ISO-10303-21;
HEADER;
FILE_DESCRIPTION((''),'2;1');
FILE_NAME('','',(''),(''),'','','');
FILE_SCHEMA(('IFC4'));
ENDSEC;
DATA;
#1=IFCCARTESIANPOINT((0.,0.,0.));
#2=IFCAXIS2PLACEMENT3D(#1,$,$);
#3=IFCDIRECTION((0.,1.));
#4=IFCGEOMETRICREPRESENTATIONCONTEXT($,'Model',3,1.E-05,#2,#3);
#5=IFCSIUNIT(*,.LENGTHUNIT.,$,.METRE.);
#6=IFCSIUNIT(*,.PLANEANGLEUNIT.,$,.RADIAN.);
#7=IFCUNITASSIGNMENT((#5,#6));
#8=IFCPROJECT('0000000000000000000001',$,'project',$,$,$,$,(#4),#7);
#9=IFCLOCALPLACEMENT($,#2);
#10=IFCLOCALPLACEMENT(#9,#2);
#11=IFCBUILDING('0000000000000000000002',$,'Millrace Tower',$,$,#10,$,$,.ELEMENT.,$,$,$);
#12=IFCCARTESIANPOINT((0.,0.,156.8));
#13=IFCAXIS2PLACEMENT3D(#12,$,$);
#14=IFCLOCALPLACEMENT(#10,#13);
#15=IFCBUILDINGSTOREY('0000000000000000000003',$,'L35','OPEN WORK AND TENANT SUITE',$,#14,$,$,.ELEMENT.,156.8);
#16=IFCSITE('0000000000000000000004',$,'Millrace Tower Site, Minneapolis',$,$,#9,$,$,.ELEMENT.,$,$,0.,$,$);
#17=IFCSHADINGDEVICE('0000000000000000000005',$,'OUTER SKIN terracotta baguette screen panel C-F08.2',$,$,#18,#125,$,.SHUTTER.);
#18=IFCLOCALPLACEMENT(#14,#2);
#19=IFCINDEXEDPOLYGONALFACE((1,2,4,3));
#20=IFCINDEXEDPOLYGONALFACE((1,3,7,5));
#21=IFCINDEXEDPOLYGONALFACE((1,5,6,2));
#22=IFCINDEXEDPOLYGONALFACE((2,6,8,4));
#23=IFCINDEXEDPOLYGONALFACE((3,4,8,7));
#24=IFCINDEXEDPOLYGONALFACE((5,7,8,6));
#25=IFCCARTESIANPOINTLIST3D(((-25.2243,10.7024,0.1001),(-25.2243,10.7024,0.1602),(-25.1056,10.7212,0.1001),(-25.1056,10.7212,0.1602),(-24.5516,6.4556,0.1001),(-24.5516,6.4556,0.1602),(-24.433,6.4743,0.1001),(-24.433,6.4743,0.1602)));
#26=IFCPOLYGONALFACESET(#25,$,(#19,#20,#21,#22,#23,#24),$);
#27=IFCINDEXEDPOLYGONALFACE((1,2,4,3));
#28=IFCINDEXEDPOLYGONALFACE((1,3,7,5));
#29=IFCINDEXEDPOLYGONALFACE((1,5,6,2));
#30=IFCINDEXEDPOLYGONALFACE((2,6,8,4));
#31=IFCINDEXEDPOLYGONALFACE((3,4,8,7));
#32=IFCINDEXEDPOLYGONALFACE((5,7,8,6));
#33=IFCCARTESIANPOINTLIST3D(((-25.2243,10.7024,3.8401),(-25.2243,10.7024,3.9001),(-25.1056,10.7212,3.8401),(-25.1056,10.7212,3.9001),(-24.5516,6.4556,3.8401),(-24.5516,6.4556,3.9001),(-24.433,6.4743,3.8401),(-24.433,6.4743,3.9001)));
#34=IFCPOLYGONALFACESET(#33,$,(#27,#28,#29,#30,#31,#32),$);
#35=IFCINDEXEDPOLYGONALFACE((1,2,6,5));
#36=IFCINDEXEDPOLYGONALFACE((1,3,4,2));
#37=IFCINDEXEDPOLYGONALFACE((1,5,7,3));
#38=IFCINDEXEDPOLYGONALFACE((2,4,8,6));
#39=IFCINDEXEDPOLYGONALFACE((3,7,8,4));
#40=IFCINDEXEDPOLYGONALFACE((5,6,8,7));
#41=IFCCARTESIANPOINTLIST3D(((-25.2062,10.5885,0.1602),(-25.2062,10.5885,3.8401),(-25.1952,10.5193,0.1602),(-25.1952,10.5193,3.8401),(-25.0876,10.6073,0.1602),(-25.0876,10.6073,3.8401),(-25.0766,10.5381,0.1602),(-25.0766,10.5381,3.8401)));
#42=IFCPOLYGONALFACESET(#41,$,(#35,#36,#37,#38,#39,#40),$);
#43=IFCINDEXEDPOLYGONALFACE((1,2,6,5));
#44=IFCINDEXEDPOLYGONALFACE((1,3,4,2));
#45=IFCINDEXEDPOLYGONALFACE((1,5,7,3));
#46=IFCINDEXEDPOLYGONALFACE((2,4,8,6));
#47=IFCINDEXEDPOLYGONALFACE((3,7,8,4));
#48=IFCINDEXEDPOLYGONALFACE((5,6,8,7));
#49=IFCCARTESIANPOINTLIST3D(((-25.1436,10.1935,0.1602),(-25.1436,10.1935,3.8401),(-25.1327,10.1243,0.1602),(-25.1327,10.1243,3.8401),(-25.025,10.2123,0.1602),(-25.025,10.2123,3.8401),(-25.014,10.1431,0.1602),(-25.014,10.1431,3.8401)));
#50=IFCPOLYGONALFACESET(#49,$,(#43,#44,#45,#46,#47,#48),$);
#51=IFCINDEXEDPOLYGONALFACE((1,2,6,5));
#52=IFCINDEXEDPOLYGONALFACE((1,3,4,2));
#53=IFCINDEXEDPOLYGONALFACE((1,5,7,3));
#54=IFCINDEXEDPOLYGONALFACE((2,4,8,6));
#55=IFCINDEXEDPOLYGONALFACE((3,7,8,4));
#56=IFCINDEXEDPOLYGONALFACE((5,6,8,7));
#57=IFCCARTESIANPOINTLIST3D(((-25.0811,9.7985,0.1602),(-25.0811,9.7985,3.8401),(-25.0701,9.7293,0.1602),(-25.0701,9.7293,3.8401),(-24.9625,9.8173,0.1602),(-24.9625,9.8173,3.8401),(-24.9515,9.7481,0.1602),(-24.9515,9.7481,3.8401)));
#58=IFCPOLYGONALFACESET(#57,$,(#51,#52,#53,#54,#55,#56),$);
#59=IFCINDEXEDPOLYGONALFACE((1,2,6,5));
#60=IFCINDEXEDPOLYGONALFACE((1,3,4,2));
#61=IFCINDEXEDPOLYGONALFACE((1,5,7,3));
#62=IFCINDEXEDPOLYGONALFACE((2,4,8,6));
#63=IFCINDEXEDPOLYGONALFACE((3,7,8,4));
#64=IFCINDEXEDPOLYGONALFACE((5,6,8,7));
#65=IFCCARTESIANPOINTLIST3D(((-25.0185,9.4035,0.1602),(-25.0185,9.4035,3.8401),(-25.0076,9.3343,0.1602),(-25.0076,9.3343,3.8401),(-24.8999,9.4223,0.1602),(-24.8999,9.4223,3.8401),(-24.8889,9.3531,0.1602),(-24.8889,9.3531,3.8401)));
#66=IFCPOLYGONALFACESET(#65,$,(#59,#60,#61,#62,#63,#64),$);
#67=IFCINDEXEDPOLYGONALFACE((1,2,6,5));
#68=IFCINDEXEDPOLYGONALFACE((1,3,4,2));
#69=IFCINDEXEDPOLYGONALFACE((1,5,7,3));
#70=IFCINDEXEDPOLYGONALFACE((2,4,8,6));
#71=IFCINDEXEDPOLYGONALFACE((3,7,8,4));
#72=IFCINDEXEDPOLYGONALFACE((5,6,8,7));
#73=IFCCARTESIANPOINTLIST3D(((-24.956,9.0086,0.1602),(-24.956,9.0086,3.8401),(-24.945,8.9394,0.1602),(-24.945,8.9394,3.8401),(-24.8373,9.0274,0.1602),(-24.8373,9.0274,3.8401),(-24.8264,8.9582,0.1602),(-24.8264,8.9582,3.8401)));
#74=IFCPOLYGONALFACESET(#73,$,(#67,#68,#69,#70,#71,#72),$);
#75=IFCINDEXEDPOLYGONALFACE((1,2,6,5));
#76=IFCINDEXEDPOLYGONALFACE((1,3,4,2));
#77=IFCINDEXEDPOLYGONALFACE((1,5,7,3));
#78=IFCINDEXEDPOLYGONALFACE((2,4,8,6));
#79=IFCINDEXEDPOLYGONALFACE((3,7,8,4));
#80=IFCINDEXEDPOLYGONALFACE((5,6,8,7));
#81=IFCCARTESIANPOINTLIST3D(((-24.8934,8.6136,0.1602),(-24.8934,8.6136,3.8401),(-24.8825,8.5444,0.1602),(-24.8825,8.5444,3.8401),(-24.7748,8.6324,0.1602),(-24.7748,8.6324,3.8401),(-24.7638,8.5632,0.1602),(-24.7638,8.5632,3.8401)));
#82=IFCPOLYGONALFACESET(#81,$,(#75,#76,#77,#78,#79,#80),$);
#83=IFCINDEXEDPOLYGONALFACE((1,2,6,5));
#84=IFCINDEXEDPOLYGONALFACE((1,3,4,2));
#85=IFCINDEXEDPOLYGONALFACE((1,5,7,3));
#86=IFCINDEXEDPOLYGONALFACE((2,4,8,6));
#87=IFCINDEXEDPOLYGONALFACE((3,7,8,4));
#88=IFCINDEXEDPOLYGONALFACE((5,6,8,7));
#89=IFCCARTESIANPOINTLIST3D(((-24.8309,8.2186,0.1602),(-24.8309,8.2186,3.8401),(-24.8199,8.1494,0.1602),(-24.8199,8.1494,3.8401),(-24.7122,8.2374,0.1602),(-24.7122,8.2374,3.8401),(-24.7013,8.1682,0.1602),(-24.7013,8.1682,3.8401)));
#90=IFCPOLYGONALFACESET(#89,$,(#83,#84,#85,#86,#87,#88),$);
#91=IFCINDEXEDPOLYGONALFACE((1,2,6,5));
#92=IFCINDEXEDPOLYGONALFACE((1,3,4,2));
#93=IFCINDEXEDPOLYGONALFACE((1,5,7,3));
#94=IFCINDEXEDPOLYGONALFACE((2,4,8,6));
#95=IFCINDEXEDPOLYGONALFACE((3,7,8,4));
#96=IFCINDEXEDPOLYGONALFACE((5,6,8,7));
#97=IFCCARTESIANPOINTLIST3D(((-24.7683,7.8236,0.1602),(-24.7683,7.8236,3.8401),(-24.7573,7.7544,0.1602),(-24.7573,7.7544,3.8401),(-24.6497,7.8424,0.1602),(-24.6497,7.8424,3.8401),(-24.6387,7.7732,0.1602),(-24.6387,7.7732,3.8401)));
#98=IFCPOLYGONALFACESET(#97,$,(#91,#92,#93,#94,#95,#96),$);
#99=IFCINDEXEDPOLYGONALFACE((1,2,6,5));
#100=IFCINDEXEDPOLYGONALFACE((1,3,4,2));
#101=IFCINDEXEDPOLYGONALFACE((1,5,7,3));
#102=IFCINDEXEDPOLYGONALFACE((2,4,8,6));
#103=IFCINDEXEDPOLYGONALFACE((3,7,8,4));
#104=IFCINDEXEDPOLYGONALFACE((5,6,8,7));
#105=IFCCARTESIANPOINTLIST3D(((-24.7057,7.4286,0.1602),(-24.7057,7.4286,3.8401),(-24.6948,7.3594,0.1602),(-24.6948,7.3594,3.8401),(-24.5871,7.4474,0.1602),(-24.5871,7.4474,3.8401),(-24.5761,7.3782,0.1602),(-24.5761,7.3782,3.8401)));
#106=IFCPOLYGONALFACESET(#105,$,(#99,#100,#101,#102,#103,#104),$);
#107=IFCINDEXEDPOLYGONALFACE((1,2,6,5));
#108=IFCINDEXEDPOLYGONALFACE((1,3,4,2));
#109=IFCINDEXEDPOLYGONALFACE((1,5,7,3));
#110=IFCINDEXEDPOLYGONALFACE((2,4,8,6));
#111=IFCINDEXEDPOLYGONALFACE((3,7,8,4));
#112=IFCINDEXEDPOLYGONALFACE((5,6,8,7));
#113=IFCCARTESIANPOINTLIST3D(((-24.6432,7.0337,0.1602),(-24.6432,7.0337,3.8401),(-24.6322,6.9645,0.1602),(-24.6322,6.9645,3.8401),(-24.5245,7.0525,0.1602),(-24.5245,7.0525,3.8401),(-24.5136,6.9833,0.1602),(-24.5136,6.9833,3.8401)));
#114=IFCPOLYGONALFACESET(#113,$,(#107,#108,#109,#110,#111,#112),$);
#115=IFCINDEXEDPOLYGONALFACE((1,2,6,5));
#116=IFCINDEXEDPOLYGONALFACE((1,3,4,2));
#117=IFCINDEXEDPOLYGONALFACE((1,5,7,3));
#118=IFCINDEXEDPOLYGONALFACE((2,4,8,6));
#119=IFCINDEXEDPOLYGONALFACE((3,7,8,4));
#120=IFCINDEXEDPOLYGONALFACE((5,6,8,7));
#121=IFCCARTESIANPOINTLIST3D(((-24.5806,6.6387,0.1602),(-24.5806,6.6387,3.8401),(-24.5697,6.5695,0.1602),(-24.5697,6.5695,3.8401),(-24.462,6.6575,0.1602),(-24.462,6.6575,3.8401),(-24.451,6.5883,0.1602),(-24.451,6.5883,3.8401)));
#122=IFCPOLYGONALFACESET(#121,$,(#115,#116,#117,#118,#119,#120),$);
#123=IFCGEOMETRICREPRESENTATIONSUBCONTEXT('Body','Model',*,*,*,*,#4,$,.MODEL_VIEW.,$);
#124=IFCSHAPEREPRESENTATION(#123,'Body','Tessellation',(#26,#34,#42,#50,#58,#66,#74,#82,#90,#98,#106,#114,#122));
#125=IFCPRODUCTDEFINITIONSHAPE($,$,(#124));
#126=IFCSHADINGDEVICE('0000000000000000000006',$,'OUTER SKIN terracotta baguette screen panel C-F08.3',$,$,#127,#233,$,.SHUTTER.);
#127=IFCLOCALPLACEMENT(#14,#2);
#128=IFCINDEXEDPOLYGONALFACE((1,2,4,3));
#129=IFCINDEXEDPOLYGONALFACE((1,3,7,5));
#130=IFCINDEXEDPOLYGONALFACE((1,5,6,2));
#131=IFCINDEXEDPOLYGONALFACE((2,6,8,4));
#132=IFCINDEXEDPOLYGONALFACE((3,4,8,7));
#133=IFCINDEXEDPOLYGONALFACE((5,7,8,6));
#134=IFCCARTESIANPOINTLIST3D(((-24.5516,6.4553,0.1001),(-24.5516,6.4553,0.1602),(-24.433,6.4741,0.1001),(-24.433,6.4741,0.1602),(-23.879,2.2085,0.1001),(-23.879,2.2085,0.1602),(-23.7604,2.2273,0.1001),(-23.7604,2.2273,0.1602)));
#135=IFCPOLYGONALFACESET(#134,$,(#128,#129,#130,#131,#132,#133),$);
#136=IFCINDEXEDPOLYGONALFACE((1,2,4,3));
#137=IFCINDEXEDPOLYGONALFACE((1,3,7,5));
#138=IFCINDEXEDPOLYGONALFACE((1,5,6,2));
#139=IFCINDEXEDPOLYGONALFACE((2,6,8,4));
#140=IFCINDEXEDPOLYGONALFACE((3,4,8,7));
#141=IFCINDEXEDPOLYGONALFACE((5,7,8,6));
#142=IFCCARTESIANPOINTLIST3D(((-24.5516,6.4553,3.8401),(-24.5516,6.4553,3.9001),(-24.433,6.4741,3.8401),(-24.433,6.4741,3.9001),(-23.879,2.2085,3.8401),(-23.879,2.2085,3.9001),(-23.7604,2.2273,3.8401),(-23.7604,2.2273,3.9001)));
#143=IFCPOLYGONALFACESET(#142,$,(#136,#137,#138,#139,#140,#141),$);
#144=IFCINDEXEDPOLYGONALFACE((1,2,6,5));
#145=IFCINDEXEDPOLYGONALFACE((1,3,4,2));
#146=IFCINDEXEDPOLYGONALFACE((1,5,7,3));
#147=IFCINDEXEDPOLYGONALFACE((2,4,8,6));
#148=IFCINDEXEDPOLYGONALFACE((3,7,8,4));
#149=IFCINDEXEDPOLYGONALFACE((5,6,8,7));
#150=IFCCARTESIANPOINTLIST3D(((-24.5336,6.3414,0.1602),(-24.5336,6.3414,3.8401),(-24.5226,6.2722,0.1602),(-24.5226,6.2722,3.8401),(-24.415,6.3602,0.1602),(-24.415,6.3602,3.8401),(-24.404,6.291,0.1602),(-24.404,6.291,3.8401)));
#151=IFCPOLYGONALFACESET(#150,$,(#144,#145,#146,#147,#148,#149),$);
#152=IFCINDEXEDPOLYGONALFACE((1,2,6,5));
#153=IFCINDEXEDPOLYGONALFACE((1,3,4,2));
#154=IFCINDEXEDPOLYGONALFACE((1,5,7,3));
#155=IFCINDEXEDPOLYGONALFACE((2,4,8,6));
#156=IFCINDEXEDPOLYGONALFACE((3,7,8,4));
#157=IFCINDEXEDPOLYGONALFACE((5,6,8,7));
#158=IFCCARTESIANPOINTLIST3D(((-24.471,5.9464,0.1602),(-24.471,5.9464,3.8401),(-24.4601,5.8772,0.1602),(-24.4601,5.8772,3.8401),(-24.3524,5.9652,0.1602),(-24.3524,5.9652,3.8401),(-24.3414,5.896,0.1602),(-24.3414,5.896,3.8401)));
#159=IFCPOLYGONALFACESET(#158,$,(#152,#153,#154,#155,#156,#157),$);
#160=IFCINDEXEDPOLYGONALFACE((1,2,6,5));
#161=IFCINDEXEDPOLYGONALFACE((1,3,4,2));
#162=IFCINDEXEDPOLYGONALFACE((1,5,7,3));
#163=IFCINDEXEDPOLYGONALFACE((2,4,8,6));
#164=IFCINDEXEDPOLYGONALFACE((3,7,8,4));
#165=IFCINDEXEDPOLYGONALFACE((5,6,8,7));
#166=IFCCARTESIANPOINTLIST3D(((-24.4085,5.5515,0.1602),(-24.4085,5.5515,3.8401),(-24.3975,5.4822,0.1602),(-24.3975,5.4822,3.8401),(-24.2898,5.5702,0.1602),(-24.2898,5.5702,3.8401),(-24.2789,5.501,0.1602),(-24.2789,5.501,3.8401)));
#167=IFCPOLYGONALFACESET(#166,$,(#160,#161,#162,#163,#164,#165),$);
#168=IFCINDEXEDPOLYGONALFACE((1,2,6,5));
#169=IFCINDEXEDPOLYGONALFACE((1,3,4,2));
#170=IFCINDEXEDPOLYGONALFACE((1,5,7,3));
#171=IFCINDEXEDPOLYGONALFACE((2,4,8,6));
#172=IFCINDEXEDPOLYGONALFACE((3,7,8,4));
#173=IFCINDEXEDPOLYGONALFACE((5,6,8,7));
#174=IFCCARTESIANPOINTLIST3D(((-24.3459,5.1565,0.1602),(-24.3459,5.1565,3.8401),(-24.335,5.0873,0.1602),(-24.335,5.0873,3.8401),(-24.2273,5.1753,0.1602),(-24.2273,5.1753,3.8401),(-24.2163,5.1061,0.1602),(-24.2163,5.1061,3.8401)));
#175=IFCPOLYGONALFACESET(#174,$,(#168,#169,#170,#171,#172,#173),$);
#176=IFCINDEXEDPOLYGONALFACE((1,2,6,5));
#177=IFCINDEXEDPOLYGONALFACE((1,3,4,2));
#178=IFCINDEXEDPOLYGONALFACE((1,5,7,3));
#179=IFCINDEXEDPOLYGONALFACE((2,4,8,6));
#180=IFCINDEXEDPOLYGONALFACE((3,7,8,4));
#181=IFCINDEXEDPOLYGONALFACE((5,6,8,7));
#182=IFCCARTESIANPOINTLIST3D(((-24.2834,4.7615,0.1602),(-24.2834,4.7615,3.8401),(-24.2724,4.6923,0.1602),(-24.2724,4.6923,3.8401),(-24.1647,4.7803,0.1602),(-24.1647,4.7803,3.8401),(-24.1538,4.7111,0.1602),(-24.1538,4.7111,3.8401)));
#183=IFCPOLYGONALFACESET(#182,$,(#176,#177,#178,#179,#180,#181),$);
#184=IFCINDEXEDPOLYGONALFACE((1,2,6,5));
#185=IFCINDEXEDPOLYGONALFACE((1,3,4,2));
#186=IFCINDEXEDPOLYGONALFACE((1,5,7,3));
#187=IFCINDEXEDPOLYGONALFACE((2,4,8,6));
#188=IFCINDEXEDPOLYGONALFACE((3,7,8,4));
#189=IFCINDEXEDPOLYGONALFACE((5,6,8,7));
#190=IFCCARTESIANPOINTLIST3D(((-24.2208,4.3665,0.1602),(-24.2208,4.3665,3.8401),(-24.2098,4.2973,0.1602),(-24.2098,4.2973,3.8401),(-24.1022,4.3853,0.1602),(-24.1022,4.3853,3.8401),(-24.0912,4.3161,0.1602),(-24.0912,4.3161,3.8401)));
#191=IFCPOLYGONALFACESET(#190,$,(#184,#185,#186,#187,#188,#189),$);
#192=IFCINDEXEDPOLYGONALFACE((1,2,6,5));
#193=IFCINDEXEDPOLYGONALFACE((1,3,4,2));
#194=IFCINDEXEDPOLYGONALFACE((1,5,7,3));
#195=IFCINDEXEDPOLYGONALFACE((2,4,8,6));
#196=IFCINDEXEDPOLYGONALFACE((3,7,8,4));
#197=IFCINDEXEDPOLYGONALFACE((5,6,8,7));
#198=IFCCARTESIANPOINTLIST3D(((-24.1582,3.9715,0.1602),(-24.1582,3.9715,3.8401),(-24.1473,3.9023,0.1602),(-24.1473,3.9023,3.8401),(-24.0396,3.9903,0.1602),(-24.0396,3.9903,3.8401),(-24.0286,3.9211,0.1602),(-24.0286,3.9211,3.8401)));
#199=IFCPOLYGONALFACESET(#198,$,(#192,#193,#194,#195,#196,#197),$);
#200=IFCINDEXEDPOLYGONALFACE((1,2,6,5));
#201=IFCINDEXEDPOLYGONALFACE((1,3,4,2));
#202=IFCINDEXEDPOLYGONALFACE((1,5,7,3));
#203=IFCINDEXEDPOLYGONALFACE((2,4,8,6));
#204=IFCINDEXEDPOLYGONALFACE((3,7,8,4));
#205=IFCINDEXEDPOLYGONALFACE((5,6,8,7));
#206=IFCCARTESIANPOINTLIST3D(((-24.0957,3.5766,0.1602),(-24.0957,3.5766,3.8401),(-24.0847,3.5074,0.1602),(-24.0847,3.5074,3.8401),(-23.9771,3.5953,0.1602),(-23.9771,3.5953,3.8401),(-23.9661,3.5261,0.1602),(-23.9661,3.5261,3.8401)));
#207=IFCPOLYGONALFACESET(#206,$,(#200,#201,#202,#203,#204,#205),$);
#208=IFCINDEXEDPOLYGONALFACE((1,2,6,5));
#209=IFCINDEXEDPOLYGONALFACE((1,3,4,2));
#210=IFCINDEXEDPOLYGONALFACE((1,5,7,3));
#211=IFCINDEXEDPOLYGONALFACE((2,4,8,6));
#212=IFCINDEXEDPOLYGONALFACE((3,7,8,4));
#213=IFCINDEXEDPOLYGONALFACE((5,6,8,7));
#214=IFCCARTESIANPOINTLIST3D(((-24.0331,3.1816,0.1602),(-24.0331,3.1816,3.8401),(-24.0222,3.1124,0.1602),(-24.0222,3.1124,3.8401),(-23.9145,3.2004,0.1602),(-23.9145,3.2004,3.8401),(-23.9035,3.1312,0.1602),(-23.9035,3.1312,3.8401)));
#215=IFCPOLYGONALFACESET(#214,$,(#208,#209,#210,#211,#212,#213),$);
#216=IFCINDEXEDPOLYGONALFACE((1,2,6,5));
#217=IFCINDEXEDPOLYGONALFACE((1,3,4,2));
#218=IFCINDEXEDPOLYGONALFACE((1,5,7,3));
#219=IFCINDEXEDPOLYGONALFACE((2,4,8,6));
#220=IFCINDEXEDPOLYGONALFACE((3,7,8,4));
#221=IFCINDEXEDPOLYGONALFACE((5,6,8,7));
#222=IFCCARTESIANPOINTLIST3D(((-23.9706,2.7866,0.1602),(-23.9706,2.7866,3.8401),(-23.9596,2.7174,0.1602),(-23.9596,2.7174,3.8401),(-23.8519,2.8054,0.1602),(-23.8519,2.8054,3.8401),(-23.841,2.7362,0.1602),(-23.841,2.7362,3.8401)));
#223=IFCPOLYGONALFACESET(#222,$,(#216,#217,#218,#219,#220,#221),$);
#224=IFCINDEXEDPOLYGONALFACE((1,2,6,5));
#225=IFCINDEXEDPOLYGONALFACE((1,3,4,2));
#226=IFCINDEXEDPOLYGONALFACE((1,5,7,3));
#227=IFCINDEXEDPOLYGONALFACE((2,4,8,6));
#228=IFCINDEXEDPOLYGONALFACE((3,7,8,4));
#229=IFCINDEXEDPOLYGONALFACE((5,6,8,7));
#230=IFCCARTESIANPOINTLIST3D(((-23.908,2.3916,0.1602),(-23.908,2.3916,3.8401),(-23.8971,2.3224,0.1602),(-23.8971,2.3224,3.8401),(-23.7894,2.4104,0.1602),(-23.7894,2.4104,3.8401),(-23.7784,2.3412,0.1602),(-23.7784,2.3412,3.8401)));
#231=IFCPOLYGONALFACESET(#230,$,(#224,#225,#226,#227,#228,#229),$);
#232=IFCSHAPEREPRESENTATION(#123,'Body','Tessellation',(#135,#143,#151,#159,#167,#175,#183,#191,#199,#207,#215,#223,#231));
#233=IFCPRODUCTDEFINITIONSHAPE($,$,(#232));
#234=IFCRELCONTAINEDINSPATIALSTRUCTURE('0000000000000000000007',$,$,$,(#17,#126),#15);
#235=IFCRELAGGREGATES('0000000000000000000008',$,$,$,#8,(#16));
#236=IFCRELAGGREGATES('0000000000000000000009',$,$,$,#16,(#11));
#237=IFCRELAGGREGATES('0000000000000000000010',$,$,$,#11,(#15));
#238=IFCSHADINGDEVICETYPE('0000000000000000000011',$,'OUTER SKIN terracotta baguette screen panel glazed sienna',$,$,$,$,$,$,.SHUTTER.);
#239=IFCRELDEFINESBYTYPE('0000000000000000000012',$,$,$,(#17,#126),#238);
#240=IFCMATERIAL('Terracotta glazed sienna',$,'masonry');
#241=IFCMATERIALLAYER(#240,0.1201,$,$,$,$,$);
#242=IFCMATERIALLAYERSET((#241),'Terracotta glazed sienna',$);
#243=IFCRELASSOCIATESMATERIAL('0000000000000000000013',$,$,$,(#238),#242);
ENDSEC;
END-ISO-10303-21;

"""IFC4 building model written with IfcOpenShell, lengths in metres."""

from ifc_helpers import new_model, entity, si_unit, direction, frame, frame_2d, origin, origin_2d, place, context, subcontext, project, spatial, rectangle, extrude, source, transform, mapped, material, layer, layer_set, type_object, element, save


model = new_model("IFC4")

# Units and contexts
model_context = context("Model", 3, precision=1e-05, world=origin(), true_north=direction((0.0, 1.0)))
body_context = subcontext(model_context, "Body", "Model", "MODEL_VIEW")
ifc_project = project(units=[si_unit("LENGTHUNIT", "METRE"), si_unit("PLANEANGLEUNIT", "RADIAN")], contexts=[model_context])

# Site, building, storey
site_placement = place(None, origin())
site = spatial("IfcSite", under=ifc_project, at=site_placement, Name="Millrace Tower Site, Minneapolis", CompositionType="ELEMENT", RefElevation=0.0)
building_placement = place(site_placement, origin())
building = spatial("IfcBuilding", under=site, at=building_placement, Name="Millrace Tower", CompositionType="ELEMENT")
storey_placement = place(building_placement, frame((0.0, 0.0, 156.8)))
storey = spatial("IfcBuildingStorey", under=building, at=storey_placement, Name="L35", Description="OPEN WORK AND TENANT SUITE", CompositionType="ELEMENT", Elevation=156.8)

# Shading devices
ifc_material_1 = material(Name="Terracotta glazed sienna", Category="masonry")
ifc_layer_1 = layer(ifc_material_1, 0.1201)
ifc_layer_set_1 = layer_set([ifc_layer_1], Name="Terracotta glazed sienna")
shading_device_type = type_object("IfcShadingDeviceType", Name="OUTER SKIN terracotta baguette screen panel glazed sienna", PredefinedType="SHUTTER", material=ifc_layer_set_1)
cartesian_point = entity("IfcCartesianPoint", [-2.1499, 0.0601])
shared_polyline = entity("IfcPolyline", [cartesian_point, entity("IfcCartesianPoint", [2.1499, 0.0601]), entity("IfcCartesianPoint", [2.1499, -0.0601]), entity("IfcCartesianPoint", [-2.1499, -0.0601]), cartesian_point])
shared_shape = source(origin(), body_context, "Body", "SweptSolid", [
    entity("IfcExtrudedAreaSolid", entity("IfcArbitraryClosedProfileDef", "AREA", None, shared_polyline), entity("IfcAxis2Placement3D", entity("IfcCartesianPoint", [0.0, 0.0, 0.0])), entity("IfcDirection", [0.0, 0.0, 1.0]), 0.0601),
    entity("IfcExtrudedAreaSolid", entity("IfcArbitraryClosedProfileDef", "AREA", None, shared_polyline), entity("IfcAxis2Placement3D", entity("IfcCartesianPoint", [0.0, 0.0, 3.74])), entity("IfcDirection", [0.0, 0.0, 1.0]), 0.0601),
    extrude(rectangle(XDim=0.0701, YDim=0.1201, at=frame_2d((-1.9995, 0.0))), frame((0.0, 0.0, 0.0601)), (0.0, 0.0, 1.0), 3.6799),
    extrude(rectangle(XDim=0.0701, YDim=0.1201, at=frame_2d((-1.5996, 0.0))), frame((0.0, 0.0, 0.0601)), (0.0, 0.0, 1.0), 3.6799),
    extrude(rectangle(XDim=0.0701, YDim=0.1201, at=frame_2d((-1.1997, 0.0))), frame((0.0, 0.0, 0.0601)), (0.0, 0.0, 1.0), 3.6799),
    extrude(rectangle(XDim=0.0701, YDim=0.1201, at=frame_2d((-0.7998, 0.0))), frame((0.0, 0.0, 0.0601)), (0.0, 0.0, 1.0), 3.6799),
    extrude(rectangle(XDim=0.0701, YDim=0.1201, at=frame_2d((-0.3999, 0.0))), frame((0.0, 0.0, 0.0601)), (0.0, 0.0, 1.0), 3.6799),
    extrude(rectangle(XDim=0.0701, YDim=0.1201, at=origin_2d()), frame((0.0, 0.0, 0.0601)), (0.0, 0.0, 1.0), 3.6799),
    extrude(rectangle(XDim=0.0701, YDim=0.1201, at=frame_2d((0.3999, 0.0))), frame((0.0, 0.0, 0.0601)), (0.0, 0.0, 1.0), 3.6799),
    extrude(rectangle(XDim=0.0701, YDim=0.1201, at=frame_2d((0.7998, 0.0))), frame((0.0, 0.0, 0.0601)), (0.0, 0.0, 1.0), 3.6799),
    extrude(rectangle(XDim=0.0701, YDim=0.1201, at=frame_2d((1.1997, 0.0))), frame((0.0, 0.0, 0.0601)), (0.0, 0.0, 1.0), 3.6799),
    extrude(rectangle(XDim=0.0701, YDim=0.1201, at=frame_2d((1.5996, 0.0))), frame((0.0, 0.0, 0.0601)), (0.0, 0.0, 1.0), 3.6799),
    extrude(rectangle(XDim=0.0701, YDim=0.1201, at=frame_2d((1.9995, 0.0))), frame((0.0, 0.0, 0.0601)), (0.0, 0.0, 1.0), 3.6799),
])
for number, where, z_axis, x_axis, name in (
    (1, (-24.8286, 8.5884, 0.1001), (0.0, 0.0, 1.0), (0.156434, -0.987688, 0.0), "OUTER SKIN terracotta baguette screen panel C-F08.2"),
    (2, (-24.156, 4.3413, 0.1001), (0.0, 0.0, 1.0), (0.156434, -0.987688, 0.0), "OUTER SKIN terracotta baguette screen panel C-F08.3"),
):
    element("IfcShadingDevice", number, at=place(storey_placement, frame(where, z_axis=z_axis, x_axis=x_axis)), inside=storey, type_object=shading_device_type, Name=name, PredefinedType="SHUTTER", context=body_context, shape_type="MappedRepresentation", body=[
        mapped(shared_shape, transform((0.0, 0.0, 0.0), scale=1.0)),
    ])

save(model, "model.ifc")
